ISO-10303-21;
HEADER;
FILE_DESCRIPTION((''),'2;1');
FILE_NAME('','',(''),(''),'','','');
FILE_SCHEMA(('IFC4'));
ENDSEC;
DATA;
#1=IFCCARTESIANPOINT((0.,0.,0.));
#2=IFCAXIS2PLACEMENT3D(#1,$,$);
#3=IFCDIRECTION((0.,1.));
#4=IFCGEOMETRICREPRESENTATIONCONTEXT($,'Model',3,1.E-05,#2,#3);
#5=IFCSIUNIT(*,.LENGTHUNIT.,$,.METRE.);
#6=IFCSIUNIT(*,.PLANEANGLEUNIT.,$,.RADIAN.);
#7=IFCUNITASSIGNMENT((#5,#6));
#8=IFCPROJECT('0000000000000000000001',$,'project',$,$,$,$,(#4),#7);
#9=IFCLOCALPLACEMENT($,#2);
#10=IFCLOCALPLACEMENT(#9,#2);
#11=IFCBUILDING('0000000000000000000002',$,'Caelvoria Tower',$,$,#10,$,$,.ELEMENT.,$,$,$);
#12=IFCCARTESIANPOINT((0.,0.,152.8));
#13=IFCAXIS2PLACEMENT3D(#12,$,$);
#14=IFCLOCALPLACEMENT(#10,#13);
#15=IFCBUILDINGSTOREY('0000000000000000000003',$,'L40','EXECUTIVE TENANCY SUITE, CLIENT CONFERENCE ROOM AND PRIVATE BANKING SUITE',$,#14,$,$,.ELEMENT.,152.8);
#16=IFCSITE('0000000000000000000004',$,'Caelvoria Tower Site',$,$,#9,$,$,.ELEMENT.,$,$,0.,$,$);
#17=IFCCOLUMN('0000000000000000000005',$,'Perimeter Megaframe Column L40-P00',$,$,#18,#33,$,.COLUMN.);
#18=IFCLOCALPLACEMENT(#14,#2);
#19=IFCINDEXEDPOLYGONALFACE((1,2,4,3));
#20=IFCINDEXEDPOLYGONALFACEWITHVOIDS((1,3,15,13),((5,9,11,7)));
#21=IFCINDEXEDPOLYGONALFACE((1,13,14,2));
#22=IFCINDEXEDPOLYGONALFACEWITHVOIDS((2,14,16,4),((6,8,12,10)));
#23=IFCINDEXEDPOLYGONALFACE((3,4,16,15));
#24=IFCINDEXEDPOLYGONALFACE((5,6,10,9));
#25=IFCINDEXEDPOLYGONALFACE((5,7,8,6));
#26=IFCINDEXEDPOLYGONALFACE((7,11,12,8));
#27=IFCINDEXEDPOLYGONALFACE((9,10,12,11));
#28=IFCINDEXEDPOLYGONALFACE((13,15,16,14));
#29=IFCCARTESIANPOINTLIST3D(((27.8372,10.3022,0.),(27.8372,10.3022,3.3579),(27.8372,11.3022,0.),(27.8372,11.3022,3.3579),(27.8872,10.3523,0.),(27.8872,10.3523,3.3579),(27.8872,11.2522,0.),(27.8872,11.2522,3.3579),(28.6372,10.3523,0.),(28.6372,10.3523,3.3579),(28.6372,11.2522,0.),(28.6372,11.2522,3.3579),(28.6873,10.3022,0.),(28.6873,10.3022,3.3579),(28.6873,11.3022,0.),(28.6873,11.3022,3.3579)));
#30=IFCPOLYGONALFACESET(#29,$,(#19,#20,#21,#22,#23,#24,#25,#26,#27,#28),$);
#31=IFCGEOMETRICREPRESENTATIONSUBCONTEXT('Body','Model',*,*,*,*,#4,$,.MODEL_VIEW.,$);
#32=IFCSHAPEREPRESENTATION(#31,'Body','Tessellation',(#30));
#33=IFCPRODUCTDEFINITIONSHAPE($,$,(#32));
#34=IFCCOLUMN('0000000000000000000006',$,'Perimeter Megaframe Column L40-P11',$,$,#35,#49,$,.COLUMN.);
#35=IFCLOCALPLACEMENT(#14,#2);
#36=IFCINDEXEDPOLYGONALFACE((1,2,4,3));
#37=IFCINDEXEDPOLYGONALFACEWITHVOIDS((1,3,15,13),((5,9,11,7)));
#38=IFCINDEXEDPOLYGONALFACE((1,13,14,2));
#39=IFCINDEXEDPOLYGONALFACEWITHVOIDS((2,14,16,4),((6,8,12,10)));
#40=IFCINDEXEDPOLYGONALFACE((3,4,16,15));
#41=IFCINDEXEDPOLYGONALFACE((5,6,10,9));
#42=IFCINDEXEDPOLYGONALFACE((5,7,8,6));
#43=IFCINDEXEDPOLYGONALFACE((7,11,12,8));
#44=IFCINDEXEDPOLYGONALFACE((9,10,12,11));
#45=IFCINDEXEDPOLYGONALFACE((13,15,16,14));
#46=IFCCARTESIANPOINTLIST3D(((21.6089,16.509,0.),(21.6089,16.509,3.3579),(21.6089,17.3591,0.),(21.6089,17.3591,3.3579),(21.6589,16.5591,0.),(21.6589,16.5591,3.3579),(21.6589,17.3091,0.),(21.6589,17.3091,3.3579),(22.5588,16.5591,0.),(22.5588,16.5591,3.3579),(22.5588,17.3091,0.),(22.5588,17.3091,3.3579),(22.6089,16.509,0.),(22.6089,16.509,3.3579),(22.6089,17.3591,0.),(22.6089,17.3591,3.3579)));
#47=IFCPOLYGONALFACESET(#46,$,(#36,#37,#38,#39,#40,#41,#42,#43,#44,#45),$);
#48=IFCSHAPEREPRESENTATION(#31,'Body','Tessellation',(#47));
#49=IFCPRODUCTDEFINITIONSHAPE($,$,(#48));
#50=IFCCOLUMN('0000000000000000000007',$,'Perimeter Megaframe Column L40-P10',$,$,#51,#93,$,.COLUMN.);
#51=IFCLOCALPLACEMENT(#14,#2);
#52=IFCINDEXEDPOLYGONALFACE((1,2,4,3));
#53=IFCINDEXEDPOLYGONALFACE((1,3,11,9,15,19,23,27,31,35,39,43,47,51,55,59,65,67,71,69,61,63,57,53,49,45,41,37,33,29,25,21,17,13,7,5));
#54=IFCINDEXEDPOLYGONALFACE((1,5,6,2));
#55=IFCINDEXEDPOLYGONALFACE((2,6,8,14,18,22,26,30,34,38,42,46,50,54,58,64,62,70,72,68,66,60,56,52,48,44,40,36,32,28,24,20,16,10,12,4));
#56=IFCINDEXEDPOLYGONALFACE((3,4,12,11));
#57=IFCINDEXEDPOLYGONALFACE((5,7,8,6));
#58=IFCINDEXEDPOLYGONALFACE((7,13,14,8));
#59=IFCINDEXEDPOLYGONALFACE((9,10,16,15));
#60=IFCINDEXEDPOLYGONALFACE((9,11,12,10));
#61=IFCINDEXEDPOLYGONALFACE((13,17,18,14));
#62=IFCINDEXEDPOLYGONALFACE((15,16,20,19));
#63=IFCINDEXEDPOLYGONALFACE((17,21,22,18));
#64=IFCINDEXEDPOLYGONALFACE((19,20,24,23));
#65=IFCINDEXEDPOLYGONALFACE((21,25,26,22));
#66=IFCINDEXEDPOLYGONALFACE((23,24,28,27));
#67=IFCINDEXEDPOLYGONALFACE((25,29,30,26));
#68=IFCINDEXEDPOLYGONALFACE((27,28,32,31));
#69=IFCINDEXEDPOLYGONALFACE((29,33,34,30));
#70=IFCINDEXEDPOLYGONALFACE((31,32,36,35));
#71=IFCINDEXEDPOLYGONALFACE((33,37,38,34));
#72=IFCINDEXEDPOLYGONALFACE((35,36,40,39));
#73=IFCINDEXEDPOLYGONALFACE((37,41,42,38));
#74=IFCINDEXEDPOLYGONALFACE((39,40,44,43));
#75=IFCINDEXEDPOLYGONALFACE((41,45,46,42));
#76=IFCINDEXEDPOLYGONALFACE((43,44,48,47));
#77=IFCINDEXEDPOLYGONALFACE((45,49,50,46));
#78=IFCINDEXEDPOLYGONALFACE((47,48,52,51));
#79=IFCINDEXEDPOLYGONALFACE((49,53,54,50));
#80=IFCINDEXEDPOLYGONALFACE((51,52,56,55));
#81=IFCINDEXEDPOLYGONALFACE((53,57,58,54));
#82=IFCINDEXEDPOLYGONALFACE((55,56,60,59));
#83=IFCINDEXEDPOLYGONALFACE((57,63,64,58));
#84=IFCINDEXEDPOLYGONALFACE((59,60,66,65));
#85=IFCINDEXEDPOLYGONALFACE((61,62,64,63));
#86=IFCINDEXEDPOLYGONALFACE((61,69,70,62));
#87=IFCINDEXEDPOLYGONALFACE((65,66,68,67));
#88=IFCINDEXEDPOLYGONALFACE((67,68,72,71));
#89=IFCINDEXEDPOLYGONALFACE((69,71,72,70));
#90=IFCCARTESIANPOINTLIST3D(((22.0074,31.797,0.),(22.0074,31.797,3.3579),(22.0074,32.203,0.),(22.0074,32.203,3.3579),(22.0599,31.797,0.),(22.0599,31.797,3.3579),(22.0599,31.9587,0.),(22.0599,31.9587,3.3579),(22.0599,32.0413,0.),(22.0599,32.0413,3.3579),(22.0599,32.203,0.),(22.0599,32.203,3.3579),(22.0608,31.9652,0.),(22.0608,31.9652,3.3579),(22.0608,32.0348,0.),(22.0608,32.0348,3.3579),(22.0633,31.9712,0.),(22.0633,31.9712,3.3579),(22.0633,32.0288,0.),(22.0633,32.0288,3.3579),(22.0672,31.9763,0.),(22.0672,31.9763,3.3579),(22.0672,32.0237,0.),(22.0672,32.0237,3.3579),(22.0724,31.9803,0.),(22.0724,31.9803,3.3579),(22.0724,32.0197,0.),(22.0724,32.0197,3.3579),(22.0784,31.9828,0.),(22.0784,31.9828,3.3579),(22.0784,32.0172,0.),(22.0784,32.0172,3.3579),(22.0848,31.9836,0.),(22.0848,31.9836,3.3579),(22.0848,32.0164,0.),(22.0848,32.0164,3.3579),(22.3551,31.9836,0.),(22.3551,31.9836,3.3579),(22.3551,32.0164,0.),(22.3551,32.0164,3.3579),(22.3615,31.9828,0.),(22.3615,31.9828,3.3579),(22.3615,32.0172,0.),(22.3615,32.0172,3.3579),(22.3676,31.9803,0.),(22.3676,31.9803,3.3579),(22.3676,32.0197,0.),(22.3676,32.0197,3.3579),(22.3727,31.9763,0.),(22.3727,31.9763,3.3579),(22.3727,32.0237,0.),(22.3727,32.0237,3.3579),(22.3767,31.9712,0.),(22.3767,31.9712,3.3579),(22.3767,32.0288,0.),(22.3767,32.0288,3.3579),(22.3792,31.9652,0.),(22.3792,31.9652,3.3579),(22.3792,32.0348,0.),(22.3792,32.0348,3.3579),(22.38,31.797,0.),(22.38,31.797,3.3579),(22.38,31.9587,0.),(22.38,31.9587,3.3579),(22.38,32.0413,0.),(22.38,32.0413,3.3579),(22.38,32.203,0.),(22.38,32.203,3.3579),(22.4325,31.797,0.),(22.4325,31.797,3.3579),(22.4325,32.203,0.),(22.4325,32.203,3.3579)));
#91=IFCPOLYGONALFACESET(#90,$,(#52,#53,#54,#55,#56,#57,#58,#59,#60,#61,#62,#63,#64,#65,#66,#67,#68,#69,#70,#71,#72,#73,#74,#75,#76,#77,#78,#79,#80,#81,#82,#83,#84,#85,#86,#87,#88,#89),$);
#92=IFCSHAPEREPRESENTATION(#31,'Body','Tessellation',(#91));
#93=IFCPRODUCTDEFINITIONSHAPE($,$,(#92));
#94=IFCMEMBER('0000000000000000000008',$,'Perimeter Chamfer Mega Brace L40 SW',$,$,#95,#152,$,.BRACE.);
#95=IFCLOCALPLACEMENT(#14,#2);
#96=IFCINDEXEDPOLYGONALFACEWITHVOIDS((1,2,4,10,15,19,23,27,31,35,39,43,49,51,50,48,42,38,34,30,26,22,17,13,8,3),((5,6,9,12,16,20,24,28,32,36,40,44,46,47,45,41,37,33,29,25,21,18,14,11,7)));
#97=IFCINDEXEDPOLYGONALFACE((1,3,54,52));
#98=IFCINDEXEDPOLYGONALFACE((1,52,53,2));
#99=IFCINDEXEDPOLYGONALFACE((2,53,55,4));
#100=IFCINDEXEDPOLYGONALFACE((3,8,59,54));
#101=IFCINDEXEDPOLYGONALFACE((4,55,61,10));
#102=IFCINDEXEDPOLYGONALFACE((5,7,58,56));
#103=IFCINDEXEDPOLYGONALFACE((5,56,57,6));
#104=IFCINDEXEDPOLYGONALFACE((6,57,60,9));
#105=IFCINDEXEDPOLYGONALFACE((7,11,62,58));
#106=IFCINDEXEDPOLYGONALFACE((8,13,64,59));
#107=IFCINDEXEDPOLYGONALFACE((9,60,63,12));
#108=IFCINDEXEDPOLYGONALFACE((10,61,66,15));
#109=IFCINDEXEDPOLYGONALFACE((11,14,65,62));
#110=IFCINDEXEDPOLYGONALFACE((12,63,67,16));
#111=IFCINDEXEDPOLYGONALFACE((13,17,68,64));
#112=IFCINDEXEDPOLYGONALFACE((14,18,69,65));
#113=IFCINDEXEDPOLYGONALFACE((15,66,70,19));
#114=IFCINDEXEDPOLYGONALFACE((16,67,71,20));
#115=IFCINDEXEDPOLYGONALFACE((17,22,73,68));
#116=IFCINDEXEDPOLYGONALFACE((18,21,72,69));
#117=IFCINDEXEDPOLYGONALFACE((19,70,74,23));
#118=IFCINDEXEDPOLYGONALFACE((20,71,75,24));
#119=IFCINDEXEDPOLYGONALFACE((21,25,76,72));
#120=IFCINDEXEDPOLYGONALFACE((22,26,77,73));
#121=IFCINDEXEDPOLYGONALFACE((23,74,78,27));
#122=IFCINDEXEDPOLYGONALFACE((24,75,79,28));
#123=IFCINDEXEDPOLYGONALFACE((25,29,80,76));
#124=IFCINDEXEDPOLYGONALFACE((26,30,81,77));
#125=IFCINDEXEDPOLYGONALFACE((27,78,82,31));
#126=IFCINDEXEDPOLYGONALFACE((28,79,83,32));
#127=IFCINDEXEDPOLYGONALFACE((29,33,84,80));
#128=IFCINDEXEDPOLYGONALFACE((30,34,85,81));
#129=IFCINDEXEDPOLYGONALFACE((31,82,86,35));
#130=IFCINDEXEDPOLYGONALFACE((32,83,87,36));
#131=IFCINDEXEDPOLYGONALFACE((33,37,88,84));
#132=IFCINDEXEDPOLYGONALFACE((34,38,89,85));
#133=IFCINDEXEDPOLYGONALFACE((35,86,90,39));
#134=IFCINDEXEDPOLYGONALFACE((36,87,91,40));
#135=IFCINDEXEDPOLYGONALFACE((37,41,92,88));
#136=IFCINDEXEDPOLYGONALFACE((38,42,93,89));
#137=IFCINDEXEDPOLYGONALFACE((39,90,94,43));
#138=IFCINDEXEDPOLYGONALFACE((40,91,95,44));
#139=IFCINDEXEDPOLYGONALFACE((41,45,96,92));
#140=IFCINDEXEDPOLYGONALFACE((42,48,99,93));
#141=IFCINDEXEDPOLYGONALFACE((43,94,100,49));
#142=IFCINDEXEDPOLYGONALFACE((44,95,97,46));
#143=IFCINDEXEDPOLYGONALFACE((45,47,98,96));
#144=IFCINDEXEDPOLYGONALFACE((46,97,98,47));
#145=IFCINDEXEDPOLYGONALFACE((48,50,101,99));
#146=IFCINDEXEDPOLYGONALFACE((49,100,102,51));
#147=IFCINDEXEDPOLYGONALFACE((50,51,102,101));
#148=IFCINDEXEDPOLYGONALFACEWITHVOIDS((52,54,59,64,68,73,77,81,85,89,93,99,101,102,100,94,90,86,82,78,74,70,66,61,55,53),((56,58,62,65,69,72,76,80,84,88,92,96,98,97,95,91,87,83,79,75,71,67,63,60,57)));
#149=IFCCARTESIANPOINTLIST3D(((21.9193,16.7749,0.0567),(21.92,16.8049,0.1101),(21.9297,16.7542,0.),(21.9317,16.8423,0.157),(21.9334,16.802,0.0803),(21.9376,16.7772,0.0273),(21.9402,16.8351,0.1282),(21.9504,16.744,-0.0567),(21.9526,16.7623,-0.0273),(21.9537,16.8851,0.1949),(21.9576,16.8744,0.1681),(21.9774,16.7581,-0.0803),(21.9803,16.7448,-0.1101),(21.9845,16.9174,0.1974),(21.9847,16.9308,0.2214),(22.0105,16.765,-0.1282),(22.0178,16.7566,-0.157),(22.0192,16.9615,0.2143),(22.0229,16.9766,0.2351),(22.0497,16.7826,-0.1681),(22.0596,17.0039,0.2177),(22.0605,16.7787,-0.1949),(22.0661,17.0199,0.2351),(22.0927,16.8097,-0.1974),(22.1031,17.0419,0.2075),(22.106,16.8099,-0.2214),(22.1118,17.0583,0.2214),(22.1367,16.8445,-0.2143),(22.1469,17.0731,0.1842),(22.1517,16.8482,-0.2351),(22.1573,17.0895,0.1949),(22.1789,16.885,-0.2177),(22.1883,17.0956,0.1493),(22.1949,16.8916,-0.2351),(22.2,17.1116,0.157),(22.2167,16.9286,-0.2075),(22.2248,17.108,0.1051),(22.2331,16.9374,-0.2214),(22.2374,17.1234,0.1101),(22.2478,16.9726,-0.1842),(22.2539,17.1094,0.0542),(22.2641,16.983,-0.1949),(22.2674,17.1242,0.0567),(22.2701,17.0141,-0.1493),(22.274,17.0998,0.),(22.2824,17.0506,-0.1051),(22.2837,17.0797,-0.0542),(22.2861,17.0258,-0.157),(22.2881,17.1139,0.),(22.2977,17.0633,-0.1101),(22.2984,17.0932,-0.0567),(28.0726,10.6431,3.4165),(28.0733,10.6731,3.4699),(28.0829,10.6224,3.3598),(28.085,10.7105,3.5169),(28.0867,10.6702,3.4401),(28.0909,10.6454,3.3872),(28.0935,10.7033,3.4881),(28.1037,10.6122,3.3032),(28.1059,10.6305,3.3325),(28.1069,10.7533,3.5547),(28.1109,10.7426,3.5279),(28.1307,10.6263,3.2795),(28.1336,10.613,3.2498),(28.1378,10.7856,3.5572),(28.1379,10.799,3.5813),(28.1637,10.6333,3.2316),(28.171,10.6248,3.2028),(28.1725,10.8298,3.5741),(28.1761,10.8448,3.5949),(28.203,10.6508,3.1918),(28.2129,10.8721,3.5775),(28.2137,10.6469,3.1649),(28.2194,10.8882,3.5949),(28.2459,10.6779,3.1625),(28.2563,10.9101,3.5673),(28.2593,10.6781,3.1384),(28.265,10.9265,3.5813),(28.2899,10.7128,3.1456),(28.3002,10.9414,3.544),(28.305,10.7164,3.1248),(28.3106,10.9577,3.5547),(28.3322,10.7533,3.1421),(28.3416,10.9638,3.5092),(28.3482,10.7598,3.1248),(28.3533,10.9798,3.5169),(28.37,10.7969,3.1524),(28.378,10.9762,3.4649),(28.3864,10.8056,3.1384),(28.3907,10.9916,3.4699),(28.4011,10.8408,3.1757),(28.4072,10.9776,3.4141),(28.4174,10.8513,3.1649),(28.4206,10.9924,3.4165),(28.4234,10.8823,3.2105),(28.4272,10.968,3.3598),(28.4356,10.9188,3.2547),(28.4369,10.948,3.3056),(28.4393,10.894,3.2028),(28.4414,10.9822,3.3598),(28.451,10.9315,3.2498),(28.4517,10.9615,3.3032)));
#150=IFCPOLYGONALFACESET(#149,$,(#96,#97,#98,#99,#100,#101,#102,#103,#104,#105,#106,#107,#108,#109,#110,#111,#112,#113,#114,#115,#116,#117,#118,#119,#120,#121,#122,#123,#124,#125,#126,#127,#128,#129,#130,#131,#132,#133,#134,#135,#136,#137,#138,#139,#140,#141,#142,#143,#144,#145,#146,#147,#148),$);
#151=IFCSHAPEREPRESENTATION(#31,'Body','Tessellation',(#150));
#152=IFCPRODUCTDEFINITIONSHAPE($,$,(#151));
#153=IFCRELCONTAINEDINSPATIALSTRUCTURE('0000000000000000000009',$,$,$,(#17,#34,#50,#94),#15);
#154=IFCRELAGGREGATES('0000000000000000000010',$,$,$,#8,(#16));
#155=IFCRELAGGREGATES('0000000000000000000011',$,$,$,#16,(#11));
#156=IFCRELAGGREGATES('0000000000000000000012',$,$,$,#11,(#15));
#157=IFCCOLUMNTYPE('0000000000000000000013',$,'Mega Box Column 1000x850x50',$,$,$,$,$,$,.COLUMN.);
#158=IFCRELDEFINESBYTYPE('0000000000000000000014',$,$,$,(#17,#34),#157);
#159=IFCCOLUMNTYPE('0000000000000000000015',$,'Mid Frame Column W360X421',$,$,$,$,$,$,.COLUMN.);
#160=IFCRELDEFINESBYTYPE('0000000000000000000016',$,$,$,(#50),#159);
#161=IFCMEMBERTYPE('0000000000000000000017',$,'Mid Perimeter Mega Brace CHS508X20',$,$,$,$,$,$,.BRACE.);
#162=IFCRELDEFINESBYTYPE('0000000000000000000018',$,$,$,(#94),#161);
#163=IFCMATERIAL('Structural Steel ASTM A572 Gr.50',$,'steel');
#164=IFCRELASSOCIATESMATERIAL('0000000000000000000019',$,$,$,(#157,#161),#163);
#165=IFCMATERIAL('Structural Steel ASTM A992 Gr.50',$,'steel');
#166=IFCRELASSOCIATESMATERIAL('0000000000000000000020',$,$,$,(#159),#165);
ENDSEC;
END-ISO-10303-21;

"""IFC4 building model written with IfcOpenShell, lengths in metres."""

from ifc_helpers import new_model, si_unit, direction, frame, origin, origin_2d, place, context, subcontext, project, spatial, hollow_rectangle, hollow_circle, i_section, extrude, material, material_profile, profile_set, type_object, element, save


model = new_model("IFC4")

# Units and contexts
model_context = context("Model", 3, precision=1e-05, world=origin(), true_north=direction((0.0, 1.0)))
body_context = subcontext(model_context, "Body", "Model", "MODEL_VIEW")
ifc_project = project(units=[si_unit("LENGTHUNIT", "METRE"), si_unit("PLANEANGLEUNIT", "RADIAN")], contexts=[model_context])

# Site, building, storey
site_placement = place(None, origin())
site = spatial("IfcSite", under=ifc_project, at=site_placement, Name="Caelvoria Tower Site", CompositionType="ELEMENT", RefElevation=0.0)
building_placement = place(site_placement, origin())
building = spatial("IfcBuilding", under=site, at=building_placement, Name="Caelvoria Tower", CompositionType="ELEMENT")
storey_placement = place(building_placement, frame((0.0, 0.0, 152.8)))
storey = spatial("IfcBuildingStorey", under=building, at=storey_placement, Name="L40", Description="EXECUTIVE TENANCY SUITE, CLIENT CONFERENCE ROOM AND PRIVATE BANKING SUITE", CompositionType="ELEMENT", Elevation=152.8)

# Columns
ifc_material_1 = material(Name="Structural Steel ASTM A572 Gr.50", Category="steel")
ifc_material_profile_1 = material_profile(ifc_material_1, hollow_rectangle(XDim=0.8501, YDim=1.0, WallThickness=0.05, at=origin_2d()), Name="Structural Steel ASTM A572 Gr.50")
ifc_profile_set_1 = profile_set([ifc_material_profile_1], Name="BOX1000X850X50 - Structural Steel ASTM A572 Gr.50")
column_type_1 = type_object("IfcColumnType", Name="Mega Box Column 1000x850x50", PredefinedType="COLUMN", material=ifc_profile_set_1)
for number, where, z_axis, x_axis, name in (
    (1, (28.2622, 10.8022, 0.0), (0.0, 0.0, 1.0), (1.0, 0.0, 0.0), "Perimeter Megaframe Column L40-P00"),
    (2, (22.1089, 16.9341, 0.0), (0.0, 0.0, 1.0), (0.0, 1.0, 0.0), "Perimeter Megaframe Column L40-P11"),
):
    element("IfcColumn", number, at=place(storey_placement, frame(where, z_axis=z_axis, x_axis=x_axis)), inside=storey, type_object=column_type_1, Name=name, PredefinedType="COLUMN", context=body_context, shape_type="SweptSolid", body=[
        extrude(hollow_rectangle(XDim=0.8501, YDim=1.0, WallThickness=0.05, at=origin_2d()), origin(), (0.0, 0.0, 1.0), 3.3579),
    ])
ifc_material_2 = material(Name="Structural Steel ASTM A992 Gr.50", Category="steel")
ifc_material_profile_2 = material_profile(ifc_material_2, i_section(OverallWidth=0.406, OverallDepth=0.425, WebThickness=0.0327, FlangeThickness=0.0525, FilletRadius=0.0249, at=origin_2d()), Name="Structural Steel ASTM A992 Gr.50")
ifc_profile_set_2 = profile_set([ifc_material_profile_2], Name="W360X421 - Structural Steel ASTM A992 Gr.50")
column_type_2 = type_object("IfcColumnType", Name="Mid Frame Column W360X421", PredefinedType="COLUMN", material=ifc_profile_set_2)
column_placement = place(storey_placement, frame((22.22, 32.0, 0.0), z_axis=(0.0, 0.0, 1.0), x_axis=(0.0, 1.0, 0.0)))
element("IfcColumn", 3, at=column_placement, inside=storey, type_object=column_type_2, Name="Perimeter Megaframe Column L40-P10", PredefinedType="COLUMN", context=body_context, shape_type="SweptSolid", body=[
    extrude(i_section(OverallWidth=0.406, OverallDepth=0.425, WebThickness=0.0327, FlangeThickness=0.0525, FilletRadius=0.0249, at=origin_2d()), origin(), (0.0, 0.0, 1.0), 3.3579),
])

# Member
ifc_material_profile_3 = material_profile(ifc_material_1, hollow_circle(Radius=0.2539, WallThickness=0.02, at=origin_2d()), Name="Structural Steel ASTM A572 Gr.50")
ifc_profile_set_3 = profile_set([ifc_material_profile_3], Name="CHS508X20 - Structural Steel ASTM A572 Gr.50")
member_type = type_object("IfcMemberType", Name="Mid Perimeter Mega Brace CHS508X20", PredefinedType="BRACE", material=ifc_profile_set_3)
member_placement = place(storey_placement, frame((22.1089, 16.9341, 0.0), z_axis=(0.66065, -0.658343, 0.360731), x_axis=(0.705869, 0.708342, 0.0)))
element("IfcMember", 4, at=member_placement, inside=storey, type_object=member_type, Name="Perimeter Chamfer Mega Brace L40 SW", PredefinedType="BRACE", context=body_context, shape_type="SweptSolid", body=[
    extrude(hollow_circle(Radius=0.2539, WallThickness=0.02, at=origin_2d()), origin(), (0.0, 0.0, 1.0), 9.314),
])

save(model, "model.ifc")
